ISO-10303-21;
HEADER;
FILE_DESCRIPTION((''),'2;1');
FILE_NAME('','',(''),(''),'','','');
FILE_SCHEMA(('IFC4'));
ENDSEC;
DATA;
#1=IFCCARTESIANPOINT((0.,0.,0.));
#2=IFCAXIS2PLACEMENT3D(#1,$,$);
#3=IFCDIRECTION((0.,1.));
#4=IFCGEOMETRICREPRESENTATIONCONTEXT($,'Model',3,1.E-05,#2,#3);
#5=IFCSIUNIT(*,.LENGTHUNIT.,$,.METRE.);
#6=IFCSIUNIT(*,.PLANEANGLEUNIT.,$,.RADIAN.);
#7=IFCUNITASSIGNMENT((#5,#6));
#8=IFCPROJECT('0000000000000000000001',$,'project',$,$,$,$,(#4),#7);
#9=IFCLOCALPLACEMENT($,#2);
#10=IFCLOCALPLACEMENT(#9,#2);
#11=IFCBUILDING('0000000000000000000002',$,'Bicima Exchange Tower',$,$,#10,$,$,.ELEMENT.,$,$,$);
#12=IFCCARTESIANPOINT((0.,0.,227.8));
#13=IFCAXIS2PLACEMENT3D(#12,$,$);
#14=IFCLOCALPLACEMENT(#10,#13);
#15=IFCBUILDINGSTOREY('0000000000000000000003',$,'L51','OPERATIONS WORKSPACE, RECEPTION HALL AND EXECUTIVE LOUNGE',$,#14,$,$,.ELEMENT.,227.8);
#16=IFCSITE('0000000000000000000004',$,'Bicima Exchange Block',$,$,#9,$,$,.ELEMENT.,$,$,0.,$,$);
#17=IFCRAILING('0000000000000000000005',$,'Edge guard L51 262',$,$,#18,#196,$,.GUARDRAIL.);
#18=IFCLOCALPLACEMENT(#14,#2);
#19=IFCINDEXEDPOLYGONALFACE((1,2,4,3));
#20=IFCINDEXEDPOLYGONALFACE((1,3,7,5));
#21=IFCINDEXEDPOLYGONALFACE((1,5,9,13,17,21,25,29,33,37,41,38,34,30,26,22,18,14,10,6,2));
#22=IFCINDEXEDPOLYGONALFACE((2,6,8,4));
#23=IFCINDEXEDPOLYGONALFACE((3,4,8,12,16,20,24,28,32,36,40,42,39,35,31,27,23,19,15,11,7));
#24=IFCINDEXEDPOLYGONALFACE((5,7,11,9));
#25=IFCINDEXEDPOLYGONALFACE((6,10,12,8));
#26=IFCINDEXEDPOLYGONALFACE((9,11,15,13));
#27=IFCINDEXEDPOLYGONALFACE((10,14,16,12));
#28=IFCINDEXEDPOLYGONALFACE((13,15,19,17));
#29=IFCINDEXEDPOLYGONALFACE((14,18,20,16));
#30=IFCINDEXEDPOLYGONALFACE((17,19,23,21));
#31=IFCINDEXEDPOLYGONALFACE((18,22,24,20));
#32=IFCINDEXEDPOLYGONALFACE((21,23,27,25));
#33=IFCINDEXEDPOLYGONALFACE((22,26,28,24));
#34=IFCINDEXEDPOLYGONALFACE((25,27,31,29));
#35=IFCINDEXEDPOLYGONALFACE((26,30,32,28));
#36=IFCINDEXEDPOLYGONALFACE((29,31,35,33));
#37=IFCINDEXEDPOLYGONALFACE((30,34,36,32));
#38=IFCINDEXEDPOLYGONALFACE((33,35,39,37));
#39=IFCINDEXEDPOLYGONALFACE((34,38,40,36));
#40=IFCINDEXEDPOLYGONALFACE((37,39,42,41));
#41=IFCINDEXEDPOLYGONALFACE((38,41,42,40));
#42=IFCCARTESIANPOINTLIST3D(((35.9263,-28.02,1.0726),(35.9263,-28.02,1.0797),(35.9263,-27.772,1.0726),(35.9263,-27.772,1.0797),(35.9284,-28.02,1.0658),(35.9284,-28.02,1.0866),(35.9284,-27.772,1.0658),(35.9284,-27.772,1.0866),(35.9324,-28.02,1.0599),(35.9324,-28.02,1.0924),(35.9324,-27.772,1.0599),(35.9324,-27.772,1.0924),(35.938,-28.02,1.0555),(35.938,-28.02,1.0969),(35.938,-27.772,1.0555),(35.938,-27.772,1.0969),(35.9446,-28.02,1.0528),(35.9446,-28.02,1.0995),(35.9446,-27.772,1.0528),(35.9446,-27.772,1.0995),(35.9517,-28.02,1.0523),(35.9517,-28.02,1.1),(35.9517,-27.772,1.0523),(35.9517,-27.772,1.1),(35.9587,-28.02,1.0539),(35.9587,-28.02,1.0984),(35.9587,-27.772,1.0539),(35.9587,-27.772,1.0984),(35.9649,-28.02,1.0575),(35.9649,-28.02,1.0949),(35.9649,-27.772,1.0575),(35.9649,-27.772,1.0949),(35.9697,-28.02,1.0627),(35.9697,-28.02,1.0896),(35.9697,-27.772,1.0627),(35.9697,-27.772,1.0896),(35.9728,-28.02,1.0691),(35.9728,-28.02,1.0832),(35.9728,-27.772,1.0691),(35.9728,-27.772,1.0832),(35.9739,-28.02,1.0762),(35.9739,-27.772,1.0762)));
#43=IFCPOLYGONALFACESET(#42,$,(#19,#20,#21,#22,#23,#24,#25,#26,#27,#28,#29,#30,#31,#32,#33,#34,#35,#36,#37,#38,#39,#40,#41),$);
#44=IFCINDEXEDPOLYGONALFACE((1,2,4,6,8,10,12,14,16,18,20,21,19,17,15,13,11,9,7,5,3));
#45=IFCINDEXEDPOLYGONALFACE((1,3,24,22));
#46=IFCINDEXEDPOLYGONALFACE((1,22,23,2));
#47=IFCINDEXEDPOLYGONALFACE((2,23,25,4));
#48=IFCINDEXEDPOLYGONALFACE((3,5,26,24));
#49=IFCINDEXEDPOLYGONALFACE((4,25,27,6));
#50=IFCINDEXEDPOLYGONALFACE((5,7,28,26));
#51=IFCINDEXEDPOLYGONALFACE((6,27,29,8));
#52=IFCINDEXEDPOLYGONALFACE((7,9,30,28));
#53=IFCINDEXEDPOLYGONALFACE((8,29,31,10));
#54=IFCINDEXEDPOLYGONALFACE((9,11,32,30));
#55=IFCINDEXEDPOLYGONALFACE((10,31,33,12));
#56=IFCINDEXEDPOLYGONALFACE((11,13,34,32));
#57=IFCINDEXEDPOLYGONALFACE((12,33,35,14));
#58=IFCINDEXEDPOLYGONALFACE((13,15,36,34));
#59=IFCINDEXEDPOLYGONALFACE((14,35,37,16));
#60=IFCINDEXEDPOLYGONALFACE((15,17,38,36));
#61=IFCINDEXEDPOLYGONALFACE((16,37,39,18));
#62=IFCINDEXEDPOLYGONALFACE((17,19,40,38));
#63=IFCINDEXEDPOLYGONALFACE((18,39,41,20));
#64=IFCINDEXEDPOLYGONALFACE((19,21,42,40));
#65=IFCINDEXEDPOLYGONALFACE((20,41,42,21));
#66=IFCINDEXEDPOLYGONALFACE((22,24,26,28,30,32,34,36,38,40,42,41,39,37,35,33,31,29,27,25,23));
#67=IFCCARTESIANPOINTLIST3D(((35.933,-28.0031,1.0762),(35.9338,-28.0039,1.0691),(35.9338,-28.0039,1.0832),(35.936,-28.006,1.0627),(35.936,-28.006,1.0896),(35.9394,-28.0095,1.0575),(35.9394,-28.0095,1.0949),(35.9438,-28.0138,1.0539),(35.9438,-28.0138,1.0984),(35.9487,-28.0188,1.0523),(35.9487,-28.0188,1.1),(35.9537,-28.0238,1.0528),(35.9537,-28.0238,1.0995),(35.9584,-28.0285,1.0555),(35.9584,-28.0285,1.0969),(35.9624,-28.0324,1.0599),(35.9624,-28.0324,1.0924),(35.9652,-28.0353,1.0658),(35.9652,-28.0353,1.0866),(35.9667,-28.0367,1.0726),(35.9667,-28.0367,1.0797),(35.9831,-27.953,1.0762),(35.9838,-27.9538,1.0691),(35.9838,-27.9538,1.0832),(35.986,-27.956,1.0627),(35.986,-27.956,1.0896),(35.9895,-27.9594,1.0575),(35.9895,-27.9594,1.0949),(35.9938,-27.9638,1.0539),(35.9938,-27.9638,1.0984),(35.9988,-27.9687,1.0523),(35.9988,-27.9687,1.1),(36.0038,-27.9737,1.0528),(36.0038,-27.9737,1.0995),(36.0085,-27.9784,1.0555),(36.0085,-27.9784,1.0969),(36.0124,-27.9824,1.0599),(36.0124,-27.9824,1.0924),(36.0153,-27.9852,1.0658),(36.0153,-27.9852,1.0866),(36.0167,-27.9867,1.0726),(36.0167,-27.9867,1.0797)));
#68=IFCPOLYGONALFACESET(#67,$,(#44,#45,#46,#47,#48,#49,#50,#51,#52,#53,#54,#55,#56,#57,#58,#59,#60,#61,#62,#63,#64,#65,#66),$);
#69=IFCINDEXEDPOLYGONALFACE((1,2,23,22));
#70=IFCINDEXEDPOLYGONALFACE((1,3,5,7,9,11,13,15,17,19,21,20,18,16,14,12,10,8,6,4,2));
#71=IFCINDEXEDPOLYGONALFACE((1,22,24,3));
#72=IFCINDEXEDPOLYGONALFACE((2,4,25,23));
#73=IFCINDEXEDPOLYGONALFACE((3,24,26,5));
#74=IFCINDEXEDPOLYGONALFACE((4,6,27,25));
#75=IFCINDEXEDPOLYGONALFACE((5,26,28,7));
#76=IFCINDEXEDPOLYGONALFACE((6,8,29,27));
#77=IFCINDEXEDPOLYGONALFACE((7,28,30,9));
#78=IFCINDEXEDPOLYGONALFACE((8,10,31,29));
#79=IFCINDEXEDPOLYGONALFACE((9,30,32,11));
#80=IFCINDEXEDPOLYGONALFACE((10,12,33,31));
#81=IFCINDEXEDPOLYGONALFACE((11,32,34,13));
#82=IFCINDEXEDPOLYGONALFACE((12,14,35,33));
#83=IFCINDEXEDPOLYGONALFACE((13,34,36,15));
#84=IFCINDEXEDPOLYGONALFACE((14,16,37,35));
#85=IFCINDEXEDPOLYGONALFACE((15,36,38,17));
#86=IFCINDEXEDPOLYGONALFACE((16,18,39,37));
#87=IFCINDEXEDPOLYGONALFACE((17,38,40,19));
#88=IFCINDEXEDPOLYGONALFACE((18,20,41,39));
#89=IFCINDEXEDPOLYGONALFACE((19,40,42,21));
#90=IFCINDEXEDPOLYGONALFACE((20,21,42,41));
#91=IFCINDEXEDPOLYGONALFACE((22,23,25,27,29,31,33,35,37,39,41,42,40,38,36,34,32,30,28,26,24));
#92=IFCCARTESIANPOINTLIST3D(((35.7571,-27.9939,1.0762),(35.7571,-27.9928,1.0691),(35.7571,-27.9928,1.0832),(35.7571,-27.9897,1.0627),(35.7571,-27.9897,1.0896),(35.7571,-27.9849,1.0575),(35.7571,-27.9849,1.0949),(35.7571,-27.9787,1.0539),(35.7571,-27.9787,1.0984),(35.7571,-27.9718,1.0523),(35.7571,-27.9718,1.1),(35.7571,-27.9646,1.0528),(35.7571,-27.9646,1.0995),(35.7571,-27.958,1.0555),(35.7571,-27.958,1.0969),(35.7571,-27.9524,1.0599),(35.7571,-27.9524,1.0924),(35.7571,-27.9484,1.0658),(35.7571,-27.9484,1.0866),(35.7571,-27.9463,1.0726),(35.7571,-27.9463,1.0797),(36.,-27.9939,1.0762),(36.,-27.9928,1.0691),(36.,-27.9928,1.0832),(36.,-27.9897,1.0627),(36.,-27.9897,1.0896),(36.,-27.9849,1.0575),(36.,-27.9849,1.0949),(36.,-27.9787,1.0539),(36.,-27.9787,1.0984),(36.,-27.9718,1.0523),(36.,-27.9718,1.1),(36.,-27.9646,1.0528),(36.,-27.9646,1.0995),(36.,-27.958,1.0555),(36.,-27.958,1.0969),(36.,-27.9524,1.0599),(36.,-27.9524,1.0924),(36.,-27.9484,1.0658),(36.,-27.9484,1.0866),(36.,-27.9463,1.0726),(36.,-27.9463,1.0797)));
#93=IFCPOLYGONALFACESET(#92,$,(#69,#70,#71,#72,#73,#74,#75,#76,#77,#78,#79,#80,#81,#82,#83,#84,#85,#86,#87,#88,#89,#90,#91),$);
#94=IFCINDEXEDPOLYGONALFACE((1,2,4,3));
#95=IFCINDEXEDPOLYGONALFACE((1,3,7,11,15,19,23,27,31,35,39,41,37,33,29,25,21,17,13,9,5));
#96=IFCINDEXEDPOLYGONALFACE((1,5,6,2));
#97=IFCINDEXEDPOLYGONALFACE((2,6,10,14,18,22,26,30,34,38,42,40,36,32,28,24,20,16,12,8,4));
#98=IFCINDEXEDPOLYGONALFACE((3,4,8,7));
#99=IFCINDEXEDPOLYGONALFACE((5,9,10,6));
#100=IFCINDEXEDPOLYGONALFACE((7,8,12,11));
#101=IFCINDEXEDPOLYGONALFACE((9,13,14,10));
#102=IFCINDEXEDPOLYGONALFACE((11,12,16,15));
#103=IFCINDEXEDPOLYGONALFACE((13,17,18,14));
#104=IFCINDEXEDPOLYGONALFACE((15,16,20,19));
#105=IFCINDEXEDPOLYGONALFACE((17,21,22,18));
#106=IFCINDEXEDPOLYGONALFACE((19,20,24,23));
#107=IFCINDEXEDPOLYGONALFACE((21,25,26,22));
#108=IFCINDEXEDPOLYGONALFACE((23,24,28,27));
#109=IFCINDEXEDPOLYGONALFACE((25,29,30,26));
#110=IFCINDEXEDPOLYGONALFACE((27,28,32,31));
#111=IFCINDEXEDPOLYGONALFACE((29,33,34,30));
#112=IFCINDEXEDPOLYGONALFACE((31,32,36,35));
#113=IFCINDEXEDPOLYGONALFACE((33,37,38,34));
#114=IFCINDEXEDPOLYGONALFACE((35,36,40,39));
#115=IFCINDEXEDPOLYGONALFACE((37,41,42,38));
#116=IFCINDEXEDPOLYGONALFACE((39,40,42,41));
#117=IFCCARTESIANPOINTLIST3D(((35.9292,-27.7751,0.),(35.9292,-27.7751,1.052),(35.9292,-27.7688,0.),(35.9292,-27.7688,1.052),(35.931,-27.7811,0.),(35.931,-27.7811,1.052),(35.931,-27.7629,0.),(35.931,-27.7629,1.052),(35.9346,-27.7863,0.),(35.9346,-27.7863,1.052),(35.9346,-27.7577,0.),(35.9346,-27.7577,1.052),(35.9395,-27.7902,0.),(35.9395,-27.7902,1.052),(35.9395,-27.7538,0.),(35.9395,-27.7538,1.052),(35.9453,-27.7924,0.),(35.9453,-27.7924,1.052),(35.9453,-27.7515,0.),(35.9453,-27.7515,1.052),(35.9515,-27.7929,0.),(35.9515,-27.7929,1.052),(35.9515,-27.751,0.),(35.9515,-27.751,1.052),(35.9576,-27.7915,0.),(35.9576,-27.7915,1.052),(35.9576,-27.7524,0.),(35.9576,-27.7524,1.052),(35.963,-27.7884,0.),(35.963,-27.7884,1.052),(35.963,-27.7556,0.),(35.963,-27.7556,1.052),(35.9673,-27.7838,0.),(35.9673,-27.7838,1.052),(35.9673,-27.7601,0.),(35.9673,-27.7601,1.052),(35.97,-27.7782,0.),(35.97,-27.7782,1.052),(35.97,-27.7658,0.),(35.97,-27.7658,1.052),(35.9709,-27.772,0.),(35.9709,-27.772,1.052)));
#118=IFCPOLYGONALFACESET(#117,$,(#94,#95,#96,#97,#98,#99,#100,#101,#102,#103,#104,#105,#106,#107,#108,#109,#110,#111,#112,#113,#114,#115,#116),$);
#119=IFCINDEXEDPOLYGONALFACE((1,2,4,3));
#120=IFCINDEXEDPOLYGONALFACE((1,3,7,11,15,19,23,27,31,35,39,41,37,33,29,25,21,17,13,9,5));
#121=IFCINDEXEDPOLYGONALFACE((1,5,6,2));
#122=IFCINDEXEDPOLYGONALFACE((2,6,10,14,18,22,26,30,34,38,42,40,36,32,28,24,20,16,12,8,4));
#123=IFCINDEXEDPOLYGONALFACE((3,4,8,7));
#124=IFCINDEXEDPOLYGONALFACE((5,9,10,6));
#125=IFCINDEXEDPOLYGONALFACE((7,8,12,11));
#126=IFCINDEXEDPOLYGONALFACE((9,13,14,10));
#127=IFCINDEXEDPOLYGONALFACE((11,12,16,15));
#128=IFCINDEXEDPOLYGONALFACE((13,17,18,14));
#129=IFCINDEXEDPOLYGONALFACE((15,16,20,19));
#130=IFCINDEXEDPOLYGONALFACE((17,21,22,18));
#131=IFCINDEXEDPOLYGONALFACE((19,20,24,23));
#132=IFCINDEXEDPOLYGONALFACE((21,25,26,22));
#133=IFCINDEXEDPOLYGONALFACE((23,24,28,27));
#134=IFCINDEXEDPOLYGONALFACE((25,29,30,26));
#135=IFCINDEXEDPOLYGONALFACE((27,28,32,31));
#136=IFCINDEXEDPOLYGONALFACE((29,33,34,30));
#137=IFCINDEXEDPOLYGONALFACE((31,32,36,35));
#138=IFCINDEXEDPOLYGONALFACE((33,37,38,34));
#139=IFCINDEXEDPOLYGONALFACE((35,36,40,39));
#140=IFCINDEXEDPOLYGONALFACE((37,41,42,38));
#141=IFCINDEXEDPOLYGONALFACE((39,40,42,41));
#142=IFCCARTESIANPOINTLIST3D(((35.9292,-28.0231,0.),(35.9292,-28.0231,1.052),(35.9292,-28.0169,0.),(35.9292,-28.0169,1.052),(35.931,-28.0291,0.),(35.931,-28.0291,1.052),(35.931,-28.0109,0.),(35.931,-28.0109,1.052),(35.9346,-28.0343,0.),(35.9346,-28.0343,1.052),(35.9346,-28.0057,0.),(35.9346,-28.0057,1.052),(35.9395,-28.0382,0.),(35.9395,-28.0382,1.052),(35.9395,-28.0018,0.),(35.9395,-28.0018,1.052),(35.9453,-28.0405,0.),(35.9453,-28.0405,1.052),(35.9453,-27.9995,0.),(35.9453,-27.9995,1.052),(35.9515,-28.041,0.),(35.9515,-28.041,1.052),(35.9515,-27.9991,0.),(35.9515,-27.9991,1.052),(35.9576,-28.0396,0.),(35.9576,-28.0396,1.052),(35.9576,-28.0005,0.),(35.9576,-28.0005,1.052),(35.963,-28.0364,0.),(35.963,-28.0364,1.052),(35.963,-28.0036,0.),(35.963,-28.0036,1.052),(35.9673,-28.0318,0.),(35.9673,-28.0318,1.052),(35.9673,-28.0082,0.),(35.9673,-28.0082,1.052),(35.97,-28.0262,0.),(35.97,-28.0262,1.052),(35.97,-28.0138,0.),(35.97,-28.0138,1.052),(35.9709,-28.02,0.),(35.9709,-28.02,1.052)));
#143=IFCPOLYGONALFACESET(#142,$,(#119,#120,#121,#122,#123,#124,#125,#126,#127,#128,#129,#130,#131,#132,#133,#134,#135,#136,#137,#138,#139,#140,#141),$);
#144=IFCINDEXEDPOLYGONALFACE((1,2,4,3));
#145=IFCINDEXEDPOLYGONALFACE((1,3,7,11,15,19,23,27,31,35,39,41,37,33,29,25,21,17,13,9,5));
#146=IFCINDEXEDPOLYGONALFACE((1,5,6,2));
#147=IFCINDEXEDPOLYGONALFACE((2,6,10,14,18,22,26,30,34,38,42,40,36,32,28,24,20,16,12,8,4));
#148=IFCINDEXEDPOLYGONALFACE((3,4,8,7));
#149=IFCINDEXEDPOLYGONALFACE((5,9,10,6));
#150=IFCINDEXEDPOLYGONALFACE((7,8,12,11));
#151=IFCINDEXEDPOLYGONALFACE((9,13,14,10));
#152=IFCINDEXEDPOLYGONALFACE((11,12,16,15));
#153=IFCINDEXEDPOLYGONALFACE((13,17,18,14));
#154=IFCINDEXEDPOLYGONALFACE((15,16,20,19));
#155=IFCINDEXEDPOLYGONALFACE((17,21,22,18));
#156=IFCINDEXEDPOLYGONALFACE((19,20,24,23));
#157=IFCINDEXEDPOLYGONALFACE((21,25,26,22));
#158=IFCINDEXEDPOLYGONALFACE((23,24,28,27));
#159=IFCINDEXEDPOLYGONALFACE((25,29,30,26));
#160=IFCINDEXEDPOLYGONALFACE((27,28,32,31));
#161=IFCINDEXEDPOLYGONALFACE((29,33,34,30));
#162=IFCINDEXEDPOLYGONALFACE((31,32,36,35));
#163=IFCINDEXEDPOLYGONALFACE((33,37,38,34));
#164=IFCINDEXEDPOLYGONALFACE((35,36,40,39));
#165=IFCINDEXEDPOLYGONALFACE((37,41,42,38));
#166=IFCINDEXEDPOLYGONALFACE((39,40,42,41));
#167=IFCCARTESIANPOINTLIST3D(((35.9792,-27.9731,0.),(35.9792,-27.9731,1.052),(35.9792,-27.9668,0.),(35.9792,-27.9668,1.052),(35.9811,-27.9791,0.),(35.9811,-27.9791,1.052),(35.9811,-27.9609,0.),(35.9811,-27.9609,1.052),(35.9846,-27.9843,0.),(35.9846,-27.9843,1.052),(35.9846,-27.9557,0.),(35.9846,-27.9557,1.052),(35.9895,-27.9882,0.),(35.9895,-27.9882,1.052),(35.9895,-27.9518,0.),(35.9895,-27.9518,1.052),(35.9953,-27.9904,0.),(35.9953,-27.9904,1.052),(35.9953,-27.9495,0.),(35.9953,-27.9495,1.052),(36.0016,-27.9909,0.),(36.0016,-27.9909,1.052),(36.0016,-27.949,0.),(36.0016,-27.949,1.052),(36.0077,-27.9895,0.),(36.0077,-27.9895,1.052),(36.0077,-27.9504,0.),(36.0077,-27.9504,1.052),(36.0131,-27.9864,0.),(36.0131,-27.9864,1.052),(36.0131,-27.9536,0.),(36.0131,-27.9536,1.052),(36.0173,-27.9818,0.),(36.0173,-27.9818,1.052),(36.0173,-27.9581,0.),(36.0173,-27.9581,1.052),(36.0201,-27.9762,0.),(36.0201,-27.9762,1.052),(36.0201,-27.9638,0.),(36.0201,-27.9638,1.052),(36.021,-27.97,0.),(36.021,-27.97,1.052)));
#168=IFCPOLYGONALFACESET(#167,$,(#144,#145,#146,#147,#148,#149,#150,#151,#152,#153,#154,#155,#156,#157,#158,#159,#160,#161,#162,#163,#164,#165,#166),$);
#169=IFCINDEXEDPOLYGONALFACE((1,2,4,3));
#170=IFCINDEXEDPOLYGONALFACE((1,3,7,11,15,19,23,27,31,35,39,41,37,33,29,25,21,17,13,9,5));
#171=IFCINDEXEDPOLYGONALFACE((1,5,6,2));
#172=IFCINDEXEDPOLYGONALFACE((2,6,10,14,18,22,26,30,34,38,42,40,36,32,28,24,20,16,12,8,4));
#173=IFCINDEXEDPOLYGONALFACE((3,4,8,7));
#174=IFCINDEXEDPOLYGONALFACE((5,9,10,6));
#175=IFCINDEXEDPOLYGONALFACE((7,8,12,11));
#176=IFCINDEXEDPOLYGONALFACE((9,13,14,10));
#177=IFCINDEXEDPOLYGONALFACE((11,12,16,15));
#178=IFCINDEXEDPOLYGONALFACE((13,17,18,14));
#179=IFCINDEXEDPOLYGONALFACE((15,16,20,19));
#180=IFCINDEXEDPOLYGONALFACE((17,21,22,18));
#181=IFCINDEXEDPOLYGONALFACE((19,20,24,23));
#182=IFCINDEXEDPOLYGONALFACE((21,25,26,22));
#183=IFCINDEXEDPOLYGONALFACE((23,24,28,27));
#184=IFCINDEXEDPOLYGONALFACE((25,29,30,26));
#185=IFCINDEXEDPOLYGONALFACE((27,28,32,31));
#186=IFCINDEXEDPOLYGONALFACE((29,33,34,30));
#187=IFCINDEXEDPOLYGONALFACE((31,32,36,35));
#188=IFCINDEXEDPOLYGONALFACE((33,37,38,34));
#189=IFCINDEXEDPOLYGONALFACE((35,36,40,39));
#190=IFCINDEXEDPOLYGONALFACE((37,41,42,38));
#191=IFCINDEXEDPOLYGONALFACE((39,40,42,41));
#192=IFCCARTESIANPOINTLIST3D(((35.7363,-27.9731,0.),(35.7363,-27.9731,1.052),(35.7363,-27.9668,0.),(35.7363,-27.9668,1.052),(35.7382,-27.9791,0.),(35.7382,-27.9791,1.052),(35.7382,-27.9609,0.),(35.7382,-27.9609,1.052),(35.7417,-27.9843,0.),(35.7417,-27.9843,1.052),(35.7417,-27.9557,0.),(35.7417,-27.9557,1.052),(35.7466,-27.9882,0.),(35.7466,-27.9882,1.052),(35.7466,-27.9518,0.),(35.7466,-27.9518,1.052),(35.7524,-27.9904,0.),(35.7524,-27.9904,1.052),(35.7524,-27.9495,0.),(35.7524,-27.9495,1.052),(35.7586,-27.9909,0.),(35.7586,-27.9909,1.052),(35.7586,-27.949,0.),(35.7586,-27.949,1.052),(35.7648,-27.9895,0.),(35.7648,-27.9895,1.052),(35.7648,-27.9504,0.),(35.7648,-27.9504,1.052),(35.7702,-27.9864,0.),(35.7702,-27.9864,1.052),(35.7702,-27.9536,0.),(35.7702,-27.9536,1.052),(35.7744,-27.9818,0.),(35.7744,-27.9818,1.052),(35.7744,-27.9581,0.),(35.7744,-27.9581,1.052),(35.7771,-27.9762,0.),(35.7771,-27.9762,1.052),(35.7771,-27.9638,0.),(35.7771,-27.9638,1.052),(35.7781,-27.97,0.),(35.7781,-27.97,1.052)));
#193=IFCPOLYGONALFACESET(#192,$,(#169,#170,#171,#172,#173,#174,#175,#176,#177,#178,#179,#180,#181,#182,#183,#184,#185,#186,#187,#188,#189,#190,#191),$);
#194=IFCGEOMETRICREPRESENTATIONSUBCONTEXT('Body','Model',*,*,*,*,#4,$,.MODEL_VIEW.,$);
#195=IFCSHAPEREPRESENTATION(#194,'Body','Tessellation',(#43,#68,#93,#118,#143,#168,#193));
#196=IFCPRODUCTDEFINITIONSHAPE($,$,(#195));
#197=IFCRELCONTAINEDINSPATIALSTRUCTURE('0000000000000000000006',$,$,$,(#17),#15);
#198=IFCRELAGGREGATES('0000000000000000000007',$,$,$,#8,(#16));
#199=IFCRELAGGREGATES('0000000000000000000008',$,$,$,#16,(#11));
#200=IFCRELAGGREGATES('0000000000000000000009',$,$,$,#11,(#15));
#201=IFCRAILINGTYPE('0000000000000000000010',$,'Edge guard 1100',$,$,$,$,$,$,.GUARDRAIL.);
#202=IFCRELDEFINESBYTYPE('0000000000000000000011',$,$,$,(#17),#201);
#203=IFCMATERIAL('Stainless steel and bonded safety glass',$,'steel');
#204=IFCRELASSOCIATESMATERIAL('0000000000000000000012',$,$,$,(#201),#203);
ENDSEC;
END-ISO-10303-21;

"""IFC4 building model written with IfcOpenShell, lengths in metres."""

from ifc_helpers import new_model, si_unit, direction, frame, origin, origin_2d, place, context, subcontext, project, spatial, circle, extrude, material, type_object, element, save


model = new_model("IFC4")

# Units and contexts
model_context = context("Model", 3, precision=1e-05, world=origin(), true_north=direction((0.0, 1.0)))
body_context = subcontext(model_context, "Body", "Model", "MODEL_VIEW")
ifc_project = project(units=[si_unit("LENGTHUNIT", "METRE"), si_unit("PLANEANGLEUNIT", "RADIAN")], contexts=[model_context])

# Site, building, storey
site_placement = place(None, origin())
site = spatial("IfcSite", under=ifc_project, at=site_placement, Name="Bicima Exchange Block", CompositionType="ELEMENT", RefElevation=0.0)
building_placement = place(site_placement, origin())
building = spatial("IfcBuilding", under=site, at=building_placement, Name="Bicima Exchange Tower", CompositionType="ELEMENT")
storey_placement = place(building_placement, frame((0.0, 0.0, 227.8)))
storey = spatial("IfcBuildingStorey", under=building, at=storey_placement, Name="L51", Description="OPERATIONS WORKSPACE, RECEPTION HALL AND EXECUTIVE LOUNGE", CompositionType="ELEMENT", Elevation=227.8)

# Railing
ifc_material_1 = material(Name="Stainless steel and bonded safety glass", Category="steel")
railing_type = type_object("IfcRailingType", Name="Edge guard 1100", PredefinedType="GUARDRAIL", material=ifc_material_1)
railing_placement = place(storey_placement, frame((35.95, -27.772, 0.0)))
element("IfcRailing", 1, at=railing_placement, inside=storey, type_object=railing_type, Name="Edge guard L51 262", PredefinedType="GUARDRAIL", context=body_context, shape_type="SweptSolid", body=[
    extrude(circle(Radius=0.0239, at=origin_2d()), frame((0.0, 0.0, 1.0762), z_axis=(0.0, -1.0, 0.0), x_axis=(1.0, 0.0, 0.0)), (0.0, 0.0, 1.0), 0.248),
    extrude(circle(Radius=0.0239, at=origin_2d()), frame((0.0, -0.248, 1.0762), z_axis=(0.707107, 0.707107, 0.0), x_axis=(-0.707107, 0.707107, 0.0)), (0.0, 0.0, 1.0), 0.0708),
    extrude(circle(Radius=0.0239, at=origin_2d()), frame((0.05, -0.198, 1.0762), z_axis=(-1.0, 0.0, 0.0), x_axis=(0.0, -1.0, 0.0)), (0.0, 0.0, 1.0), 0.2429),
    extrude(circle(Radius=0.021, at=origin_2d()), origin(), (0.0, 0.0, 1.0), 1.052),
    extrude(circle(Radius=0.021, at=origin_2d()), frame((0.0, -0.248, 0.0)), (0.0, 0.0, 1.0), 1.052),
    extrude(circle(Radius=0.021, at=origin_2d()), frame((0.05, -0.198, 0.0)), (0.0, 0.0, 1.0), 1.052),
    extrude(circle(Radius=0.021, at=origin_2d()), frame((-0.1929, -0.198, 0.0)), (0.0, 0.0, 1.0), 1.052),
])

save(model, "model.ifc")
